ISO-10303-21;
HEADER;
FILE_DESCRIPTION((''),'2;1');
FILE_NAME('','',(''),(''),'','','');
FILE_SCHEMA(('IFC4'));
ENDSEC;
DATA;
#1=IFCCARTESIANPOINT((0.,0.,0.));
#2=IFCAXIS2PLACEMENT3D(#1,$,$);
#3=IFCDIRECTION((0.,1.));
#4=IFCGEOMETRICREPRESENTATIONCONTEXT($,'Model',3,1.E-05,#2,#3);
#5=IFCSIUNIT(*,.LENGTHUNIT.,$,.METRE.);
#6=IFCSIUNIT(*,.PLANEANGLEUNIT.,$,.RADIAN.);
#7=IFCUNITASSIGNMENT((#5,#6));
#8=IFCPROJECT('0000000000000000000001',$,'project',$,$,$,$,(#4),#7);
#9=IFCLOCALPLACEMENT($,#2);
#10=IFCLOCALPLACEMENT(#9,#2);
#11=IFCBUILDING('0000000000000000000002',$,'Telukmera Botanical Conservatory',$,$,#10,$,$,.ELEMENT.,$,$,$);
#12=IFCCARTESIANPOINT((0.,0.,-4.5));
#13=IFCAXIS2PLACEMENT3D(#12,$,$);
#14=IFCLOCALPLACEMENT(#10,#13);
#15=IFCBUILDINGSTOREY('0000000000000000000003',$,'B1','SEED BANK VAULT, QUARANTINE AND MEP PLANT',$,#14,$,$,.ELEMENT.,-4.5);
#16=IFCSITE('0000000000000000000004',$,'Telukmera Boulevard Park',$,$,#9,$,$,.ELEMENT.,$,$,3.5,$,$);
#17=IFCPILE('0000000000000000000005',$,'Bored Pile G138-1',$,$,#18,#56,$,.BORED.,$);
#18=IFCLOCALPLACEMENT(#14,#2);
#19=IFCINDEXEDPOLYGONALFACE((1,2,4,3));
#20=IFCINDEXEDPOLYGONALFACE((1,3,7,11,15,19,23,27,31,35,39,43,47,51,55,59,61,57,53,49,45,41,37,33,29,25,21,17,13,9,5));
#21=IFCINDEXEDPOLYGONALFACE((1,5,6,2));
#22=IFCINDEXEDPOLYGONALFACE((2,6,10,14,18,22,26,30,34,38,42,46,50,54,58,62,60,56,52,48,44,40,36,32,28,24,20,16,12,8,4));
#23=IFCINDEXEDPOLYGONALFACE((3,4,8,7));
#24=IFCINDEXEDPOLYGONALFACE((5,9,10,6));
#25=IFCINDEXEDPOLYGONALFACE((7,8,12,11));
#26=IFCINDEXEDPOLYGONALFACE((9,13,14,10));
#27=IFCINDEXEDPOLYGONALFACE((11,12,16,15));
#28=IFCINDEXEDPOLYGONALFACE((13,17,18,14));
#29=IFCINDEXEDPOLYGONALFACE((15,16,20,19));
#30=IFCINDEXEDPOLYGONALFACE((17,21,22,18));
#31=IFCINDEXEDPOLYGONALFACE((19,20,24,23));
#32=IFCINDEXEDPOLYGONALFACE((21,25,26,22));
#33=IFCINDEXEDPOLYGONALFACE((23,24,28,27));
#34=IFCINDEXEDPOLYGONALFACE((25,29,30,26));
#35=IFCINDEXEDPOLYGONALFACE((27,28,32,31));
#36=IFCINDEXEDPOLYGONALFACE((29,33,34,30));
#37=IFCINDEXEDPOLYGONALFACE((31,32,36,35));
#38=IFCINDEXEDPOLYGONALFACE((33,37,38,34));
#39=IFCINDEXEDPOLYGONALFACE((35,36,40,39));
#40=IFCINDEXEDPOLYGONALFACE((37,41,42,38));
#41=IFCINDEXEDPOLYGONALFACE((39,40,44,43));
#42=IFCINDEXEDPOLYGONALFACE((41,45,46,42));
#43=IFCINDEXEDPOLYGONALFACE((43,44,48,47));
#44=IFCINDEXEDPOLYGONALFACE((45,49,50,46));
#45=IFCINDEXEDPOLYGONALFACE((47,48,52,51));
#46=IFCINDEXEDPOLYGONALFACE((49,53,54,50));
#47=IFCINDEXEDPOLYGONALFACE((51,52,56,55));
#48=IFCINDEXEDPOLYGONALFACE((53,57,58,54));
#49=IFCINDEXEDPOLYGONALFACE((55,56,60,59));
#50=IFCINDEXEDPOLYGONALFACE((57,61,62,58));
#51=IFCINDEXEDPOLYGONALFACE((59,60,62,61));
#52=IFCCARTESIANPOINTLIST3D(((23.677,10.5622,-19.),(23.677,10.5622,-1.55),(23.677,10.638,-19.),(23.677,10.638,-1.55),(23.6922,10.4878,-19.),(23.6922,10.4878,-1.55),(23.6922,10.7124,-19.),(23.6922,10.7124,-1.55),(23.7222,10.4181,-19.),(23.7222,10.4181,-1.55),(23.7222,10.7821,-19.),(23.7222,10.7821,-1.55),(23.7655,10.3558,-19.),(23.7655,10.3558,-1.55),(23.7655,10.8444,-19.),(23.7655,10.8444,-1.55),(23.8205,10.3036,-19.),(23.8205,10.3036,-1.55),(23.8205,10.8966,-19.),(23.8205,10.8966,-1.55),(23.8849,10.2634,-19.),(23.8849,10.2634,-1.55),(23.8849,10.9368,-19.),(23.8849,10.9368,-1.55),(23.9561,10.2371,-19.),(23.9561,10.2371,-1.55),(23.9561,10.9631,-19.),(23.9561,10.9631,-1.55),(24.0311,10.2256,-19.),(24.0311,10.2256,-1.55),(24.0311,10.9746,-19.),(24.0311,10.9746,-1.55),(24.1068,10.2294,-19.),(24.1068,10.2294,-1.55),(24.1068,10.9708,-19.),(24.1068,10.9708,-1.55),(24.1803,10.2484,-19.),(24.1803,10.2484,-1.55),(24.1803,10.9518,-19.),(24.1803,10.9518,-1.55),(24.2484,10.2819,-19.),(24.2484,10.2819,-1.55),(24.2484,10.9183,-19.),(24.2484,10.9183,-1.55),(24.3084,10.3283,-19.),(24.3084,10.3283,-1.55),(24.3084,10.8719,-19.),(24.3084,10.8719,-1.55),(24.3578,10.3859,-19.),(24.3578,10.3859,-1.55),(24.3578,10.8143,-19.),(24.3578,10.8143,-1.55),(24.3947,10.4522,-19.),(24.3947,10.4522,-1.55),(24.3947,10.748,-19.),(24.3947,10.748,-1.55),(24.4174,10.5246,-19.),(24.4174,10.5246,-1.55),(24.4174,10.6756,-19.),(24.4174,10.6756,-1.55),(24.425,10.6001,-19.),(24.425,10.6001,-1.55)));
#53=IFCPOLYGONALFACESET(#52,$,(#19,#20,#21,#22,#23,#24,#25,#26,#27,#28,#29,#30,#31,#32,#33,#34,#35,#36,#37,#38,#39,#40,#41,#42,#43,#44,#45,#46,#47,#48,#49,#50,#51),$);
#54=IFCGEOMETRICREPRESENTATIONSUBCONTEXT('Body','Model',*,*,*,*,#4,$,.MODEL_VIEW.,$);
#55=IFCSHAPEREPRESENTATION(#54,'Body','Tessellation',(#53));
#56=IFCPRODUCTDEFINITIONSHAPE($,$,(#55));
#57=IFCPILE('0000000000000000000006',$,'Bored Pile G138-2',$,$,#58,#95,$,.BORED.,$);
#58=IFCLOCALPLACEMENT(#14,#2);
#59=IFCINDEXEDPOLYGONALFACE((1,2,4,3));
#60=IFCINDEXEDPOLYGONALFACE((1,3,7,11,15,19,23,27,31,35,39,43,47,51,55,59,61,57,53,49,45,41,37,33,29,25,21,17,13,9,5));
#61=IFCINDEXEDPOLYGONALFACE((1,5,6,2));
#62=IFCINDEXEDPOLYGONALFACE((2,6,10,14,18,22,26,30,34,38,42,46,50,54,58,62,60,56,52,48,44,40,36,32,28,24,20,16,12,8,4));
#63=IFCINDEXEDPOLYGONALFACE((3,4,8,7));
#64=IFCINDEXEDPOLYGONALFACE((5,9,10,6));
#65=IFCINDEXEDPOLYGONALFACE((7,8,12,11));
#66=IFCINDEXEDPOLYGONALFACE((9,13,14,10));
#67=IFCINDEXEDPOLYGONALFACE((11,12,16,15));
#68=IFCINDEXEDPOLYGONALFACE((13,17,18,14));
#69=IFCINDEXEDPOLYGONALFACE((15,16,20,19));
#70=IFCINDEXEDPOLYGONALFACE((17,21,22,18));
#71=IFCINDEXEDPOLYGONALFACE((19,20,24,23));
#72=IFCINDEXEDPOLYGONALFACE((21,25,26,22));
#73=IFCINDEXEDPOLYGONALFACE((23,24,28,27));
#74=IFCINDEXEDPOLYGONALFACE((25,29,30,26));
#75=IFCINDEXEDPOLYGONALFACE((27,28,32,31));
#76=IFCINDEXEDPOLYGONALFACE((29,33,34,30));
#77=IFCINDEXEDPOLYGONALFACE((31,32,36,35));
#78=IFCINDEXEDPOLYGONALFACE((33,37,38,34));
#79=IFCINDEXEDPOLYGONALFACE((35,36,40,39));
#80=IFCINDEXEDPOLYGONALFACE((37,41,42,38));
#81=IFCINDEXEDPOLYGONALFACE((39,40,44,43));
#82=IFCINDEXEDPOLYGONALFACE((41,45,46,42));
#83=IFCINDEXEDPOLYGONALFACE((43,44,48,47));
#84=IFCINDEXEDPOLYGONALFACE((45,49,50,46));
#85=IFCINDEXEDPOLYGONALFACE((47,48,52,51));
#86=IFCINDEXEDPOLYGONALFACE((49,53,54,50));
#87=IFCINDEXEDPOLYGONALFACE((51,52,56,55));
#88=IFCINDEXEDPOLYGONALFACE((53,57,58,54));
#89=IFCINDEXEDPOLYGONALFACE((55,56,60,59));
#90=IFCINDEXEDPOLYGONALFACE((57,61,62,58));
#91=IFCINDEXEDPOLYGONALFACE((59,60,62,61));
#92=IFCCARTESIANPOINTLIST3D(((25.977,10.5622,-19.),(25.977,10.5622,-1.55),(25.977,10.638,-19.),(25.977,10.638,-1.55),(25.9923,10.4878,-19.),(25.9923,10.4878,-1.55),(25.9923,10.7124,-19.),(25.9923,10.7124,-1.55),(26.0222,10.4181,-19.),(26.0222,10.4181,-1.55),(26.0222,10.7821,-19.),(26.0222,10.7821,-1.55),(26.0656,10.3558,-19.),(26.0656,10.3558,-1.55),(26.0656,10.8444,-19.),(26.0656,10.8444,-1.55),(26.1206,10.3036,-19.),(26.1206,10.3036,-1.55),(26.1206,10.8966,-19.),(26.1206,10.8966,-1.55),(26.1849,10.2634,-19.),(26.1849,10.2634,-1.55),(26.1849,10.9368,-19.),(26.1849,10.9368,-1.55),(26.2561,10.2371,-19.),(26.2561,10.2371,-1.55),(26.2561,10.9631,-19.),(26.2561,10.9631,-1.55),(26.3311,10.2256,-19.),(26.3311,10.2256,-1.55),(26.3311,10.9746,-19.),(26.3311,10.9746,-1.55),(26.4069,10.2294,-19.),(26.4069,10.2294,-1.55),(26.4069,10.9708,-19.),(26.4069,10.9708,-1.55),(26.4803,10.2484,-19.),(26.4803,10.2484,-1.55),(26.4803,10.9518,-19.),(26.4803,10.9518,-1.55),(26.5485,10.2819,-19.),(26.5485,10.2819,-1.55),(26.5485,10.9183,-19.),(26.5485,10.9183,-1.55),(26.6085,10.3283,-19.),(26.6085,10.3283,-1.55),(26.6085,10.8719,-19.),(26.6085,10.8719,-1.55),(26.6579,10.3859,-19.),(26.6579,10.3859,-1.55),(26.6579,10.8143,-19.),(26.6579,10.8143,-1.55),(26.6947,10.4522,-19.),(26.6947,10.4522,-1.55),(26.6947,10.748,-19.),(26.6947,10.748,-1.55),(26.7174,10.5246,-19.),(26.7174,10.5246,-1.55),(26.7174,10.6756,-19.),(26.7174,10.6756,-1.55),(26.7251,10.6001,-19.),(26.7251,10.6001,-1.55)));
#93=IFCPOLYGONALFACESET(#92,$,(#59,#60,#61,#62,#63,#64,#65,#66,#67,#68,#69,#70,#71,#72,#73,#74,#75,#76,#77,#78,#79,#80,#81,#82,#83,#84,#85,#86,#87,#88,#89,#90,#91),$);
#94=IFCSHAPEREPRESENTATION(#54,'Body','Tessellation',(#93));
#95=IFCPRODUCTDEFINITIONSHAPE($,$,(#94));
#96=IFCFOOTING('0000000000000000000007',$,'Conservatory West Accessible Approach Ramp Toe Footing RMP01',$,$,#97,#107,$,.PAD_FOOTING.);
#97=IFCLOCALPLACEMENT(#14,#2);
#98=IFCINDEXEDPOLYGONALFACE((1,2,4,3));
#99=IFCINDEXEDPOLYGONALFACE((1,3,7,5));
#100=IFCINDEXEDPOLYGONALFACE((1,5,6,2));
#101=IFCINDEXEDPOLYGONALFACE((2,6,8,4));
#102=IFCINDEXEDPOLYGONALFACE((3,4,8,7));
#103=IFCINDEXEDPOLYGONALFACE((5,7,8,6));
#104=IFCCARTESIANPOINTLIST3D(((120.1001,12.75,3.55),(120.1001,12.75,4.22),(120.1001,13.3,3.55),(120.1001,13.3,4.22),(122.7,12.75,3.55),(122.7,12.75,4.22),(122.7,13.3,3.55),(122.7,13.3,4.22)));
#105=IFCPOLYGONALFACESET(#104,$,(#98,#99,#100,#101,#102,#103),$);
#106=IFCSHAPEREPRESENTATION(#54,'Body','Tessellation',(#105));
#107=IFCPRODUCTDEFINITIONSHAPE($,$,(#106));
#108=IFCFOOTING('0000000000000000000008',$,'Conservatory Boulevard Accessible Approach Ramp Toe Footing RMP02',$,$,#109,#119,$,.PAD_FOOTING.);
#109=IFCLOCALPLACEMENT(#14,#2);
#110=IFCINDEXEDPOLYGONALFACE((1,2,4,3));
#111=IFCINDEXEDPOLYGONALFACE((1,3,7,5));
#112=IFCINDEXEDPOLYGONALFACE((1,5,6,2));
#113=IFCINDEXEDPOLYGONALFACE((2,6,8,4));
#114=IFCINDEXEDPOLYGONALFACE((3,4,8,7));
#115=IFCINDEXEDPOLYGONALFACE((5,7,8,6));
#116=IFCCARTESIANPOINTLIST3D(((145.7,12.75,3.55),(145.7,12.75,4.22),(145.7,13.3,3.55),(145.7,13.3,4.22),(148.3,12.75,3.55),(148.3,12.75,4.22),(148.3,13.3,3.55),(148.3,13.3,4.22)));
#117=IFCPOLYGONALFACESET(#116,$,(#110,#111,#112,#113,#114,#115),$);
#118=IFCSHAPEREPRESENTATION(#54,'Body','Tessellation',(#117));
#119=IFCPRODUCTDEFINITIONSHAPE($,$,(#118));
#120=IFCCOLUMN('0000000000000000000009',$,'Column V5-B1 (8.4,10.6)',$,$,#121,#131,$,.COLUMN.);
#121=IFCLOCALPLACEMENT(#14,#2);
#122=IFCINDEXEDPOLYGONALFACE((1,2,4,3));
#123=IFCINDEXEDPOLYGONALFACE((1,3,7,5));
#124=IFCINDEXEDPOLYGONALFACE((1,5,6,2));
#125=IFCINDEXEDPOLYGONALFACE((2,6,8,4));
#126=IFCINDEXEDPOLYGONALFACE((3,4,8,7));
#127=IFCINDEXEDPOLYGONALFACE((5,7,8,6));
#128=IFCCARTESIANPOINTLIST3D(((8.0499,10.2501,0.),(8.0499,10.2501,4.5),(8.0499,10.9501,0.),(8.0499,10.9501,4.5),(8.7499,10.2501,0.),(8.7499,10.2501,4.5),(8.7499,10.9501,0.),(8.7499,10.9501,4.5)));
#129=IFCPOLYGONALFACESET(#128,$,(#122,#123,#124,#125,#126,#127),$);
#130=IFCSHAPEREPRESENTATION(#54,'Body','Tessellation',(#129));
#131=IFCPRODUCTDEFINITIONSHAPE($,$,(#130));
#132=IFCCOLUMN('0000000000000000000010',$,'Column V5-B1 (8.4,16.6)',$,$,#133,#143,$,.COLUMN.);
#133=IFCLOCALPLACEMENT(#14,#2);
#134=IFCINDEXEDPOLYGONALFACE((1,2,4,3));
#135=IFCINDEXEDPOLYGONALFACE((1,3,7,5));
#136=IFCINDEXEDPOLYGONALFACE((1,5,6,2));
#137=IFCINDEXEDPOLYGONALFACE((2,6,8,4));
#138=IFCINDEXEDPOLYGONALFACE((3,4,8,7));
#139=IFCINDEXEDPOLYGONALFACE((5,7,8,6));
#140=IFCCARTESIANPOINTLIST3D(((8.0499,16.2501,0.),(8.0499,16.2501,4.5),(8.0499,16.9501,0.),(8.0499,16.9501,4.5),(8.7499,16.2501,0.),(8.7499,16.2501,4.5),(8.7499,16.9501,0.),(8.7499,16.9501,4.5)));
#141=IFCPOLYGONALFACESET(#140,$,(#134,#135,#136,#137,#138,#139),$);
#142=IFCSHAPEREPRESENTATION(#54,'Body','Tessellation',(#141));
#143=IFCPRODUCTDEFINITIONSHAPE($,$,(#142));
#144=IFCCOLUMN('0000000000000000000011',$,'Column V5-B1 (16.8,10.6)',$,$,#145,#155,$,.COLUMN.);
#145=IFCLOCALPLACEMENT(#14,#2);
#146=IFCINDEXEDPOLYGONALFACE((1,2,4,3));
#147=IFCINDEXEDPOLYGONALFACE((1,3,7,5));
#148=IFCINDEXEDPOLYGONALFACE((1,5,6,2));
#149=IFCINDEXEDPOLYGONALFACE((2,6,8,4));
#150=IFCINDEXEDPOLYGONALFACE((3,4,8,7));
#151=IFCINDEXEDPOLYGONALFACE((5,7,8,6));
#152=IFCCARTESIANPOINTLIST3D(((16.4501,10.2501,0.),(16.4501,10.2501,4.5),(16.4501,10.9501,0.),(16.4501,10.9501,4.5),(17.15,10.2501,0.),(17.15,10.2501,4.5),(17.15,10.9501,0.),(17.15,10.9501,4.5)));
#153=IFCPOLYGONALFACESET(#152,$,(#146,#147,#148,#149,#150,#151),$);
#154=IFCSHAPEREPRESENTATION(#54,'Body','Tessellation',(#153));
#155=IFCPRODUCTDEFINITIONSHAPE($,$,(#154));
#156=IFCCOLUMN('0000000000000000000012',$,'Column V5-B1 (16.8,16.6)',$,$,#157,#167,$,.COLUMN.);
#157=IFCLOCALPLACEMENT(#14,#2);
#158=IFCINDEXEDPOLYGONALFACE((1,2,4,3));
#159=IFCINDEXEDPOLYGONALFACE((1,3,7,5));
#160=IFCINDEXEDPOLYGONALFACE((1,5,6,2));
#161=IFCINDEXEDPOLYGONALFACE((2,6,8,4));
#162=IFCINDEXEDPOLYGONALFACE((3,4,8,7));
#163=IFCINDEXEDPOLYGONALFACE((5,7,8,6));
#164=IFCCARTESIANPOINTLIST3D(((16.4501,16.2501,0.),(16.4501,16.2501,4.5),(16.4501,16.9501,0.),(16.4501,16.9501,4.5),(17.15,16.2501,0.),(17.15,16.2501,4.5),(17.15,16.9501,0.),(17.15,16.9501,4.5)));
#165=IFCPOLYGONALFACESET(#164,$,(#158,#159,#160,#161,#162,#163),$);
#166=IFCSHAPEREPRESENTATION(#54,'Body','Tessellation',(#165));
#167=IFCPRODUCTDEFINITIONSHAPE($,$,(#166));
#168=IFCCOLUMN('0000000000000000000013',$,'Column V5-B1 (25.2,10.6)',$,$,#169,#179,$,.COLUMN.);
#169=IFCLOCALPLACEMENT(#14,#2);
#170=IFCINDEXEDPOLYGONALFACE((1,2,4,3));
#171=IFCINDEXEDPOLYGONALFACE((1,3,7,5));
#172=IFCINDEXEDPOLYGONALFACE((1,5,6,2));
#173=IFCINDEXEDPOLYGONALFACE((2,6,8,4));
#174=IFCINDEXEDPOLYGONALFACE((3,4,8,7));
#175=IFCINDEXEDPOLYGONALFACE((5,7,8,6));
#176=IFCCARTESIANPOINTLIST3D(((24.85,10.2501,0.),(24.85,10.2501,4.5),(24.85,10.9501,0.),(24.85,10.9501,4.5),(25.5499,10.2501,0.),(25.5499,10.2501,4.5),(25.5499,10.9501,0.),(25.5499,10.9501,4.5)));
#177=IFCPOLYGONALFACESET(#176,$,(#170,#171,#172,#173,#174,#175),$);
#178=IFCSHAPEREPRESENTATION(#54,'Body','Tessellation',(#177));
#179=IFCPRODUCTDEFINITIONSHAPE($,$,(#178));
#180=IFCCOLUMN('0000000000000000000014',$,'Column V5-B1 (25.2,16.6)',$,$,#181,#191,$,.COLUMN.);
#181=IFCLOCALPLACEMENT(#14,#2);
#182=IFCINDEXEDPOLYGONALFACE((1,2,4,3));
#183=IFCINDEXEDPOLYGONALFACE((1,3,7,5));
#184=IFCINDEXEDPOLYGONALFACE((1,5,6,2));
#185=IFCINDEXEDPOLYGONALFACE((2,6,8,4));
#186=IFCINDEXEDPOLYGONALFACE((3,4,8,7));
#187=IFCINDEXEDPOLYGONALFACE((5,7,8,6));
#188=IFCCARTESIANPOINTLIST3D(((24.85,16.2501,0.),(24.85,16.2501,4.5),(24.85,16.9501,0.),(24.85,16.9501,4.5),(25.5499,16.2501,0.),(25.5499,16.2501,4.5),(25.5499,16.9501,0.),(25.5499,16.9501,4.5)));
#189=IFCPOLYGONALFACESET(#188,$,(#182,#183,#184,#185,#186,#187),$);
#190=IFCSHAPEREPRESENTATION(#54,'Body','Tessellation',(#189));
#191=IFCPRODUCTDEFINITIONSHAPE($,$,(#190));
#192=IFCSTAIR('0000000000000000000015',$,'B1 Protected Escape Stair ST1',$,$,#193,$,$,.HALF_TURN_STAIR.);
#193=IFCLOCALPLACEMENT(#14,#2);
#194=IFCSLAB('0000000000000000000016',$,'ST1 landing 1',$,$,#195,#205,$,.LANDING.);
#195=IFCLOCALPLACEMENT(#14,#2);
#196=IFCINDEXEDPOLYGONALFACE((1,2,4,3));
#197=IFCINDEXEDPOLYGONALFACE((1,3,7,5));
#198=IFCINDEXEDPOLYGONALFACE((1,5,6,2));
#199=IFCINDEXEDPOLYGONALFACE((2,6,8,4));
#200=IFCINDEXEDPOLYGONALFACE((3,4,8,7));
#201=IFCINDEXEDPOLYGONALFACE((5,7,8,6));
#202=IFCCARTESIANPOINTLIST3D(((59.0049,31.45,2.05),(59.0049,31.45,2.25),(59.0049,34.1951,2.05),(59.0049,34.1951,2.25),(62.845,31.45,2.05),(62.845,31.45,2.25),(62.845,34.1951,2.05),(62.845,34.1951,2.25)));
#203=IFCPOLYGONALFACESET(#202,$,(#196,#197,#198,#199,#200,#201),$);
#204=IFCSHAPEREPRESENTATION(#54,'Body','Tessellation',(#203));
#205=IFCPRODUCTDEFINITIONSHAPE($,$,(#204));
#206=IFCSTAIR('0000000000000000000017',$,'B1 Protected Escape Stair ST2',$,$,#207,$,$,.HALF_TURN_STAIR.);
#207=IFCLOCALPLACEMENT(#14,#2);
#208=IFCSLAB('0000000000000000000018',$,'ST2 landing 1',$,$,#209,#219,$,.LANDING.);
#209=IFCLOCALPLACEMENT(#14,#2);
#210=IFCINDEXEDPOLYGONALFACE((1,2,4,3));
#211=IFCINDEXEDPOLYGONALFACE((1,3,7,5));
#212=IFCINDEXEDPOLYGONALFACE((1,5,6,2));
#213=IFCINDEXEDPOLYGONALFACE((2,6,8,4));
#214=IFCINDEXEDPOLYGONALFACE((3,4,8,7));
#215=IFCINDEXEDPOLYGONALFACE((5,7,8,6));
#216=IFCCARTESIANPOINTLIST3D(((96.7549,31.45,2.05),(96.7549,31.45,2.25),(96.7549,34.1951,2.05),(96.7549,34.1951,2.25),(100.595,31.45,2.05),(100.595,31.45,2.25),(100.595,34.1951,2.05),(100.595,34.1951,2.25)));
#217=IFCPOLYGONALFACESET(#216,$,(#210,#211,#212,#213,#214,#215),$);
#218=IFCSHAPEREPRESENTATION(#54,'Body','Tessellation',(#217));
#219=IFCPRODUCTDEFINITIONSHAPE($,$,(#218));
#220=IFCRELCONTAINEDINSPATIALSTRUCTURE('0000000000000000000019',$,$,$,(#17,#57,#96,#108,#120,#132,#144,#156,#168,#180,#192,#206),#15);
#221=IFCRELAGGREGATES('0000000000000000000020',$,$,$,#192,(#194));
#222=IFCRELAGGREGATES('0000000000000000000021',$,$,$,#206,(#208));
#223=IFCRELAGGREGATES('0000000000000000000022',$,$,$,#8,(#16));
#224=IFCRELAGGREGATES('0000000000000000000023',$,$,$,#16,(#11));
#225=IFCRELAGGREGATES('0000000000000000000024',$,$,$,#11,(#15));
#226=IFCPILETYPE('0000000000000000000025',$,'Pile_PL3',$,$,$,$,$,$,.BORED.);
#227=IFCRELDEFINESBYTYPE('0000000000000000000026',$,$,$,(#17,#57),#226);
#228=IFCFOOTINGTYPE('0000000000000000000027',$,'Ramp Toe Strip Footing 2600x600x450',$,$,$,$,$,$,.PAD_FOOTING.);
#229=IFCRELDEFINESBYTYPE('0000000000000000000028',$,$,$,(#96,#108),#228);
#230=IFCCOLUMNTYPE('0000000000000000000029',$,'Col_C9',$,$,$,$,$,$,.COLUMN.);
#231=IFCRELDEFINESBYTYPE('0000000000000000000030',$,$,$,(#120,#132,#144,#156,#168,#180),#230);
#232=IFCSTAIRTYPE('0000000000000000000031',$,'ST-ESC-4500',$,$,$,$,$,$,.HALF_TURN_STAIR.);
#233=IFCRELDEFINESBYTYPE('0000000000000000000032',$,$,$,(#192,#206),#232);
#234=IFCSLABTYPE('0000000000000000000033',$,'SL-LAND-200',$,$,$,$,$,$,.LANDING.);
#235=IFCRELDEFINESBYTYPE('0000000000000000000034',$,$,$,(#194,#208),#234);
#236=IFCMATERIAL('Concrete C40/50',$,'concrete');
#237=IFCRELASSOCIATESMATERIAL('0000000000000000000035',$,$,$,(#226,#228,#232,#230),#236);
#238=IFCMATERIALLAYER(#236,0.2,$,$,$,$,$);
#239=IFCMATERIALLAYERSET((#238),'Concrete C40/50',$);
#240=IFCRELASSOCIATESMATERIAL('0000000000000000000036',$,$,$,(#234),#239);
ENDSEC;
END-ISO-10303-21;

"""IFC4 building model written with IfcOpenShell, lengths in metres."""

from ifc_helpers import new_model, si_unit, direction, frame, origin, origin_2d, place, context, subcontext, project, spatial, polyline, rectangle, circle, outline, extrude, material, layer, layer_set, material_profile, profile_set, type_object, element, aggregate, save


model = new_model("IFC4")

# Units and contexts
model_context = context("Model", 3, precision=1e-05, world=origin(), true_north=direction((0.0, 1.0)))
body_context = subcontext(model_context, "Body", "Model", "MODEL_VIEW")
ifc_project = project(units=[si_unit("LENGTHUNIT", "METRE"), si_unit("PLANEANGLEUNIT", "RADIAN")], contexts=[model_context])

# Site, building, storey
site_placement = place(None, origin())
site = spatial("IfcSite", under=ifc_project, at=site_placement, Name="Telukmera Boulevard Park", CompositionType="ELEMENT", RefElevation=3.5)
building_placement = place(site_placement, origin())
building = spatial("IfcBuilding", under=site, at=building_placement, Name="Telukmera Botanical Conservatory", CompositionType="ELEMENT")
storey_placement = place(building_placement, frame((0.0, 0.0, -4.5)))
storey = spatial("IfcBuildingStorey", under=building, at=storey_placement, Name="B1", Description="SEED BANK VAULT, QUARANTINE AND MEP PLANT", CompositionType="ELEMENT", Elevation=-4.5)

# Shared definitions
ifc_material_1 = material(Name="Concrete C40/50", Category="concrete")

# Piles
ifc_material_profile_1 = material_profile(ifc_material_1, circle(Radius=0.375, at=origin_2d()), Name="PILE D750")
ifc_profile_set_1 = profile_set([ifc_material_profile_1], Name="Concrete C40/50")
pile_type = type_object("IfcPileType", Name="Pile_PL3", PredefinedType="BORED", material=ifc_profile_set_1)
for number, where, z_axis, x_axis, name in (
    (1, (24.05, 10.6001, -1.55), (0.0, 0.0, -1.0), (1.0, 0.0, 0.0), "Bored Pile G138-1"),
    (2, (26.3501, 10.6001, -1.55), (0.0, 0.0, -1.0), (1.0, 0.0, 0.0), "Bored Pile G138-2"),
):
    element("IfcPile", number, at=place(storey_placement, frame(where, z_axis=z_axis, x_axis=x_axis)), inside=storey, type_object=pile_type, Name=name, PredefinedType="BORED", context=body_context, shape_type="SweptSolid", body=[
        extrude(circle(Radius=0.375, at=origin_2d()), origin(), (0.0, 0.0, 1.0), 17.45),
    ])

# Footings
footing_type_1 = type_object("IfcFootingType", Name="Ramp Toe Strip Footing 2600x600x450", PredefinedType="PAD_FOOTING", material=ifc_material_1)
footing_1_placement = place(storey_placement, frame((0.0, 0.0, 3.55)))
element("IfcFooting", 3, at=footing_1_placement, inside=storey, type_object=footing_type_1, Name="Conservatory West Accessible Approach Ramp Toe Footing RMP01", PredefinedType="PAD_FOOTING", context=body_context, shape_type="SweptSolid", body=[
    extrude(outline(polyline([(120.1001, 12.75), (122.7, 12.75), (122.7, 13.3), (120.1001, 13.3), (120.1001, 12.75)])), origin(), (0.0, 0.0, 1.0), 0.6699),
])
footing_2_placement = place(storey_placement, frame((0.0, 0.0, 3.55)))
element("IfcFooting", 4, at=footing_2_placement, inside=storey, type_object=footing_type_1, Name="Conservatory Boulevard Accessible Approach Ramp Toe Footing RMP02", PredefinedType="PAD_FOOTING", context=body_context, shape_type="SweptSolid", body=[
    extrude(outline(polyline([(145.7, 12.75), (148.3, 12.75), (148.3, 13.3), (145.7, 13.3), (145.7, 12.75)])), origin(), (0.0, 0.0, 1.0), 0.6699),
])

# Columns
ifc_material_profile_2 = material_profile(ifc_material_1, rectangle(XDim=0.7, YDim=0.7, at=origin_2d()), Name="RC 700x700")
ifc_profile_set_2 = profile_set([ifc_material_profile_2], Name="Concrete C40/50")
column_type = type_object("IfcColumnType", Name="Col_C9", PredefinedType="COLUMN", material=ifc_profile_set_2)
for number, where, z_axis, x_axis, name in (
    (5, (8.3999, 10.6001, 0.0), (0.0, 0.0, 1.0), (1.0, 0.0, 0.0), "Column V5-B1 (8.4,10.6)"),
    (6, (8.3999, 16.6001, 0.0), (0.0, 0.0, 1.0), (1.0, 0.0, 0.0), "Column V5-B1 (8.4,16.6)"),
    (7, (16.8, 10.6001, 0.0), (0.0, 0.0, 1.0), (1.0, 0.0, 0.0), "Column V5-B1 (16.8,10.6)"),
    (8, (16.8, 16.6001, 0.0), (0.0, 0.0, 1.0), (1.0, 0.0, 0.0), "Column V5-B1 (16.8,16.6)"),
    (9, (25.2, 10.6001, 0.0), (0.0, 0.0, 1.0), (1.0, 0.0, 0.0), "Column V5-B1 (25.2,10.6)"),
    (10, (25.2, 16.6001, 0.0), (0.0, 0.0, 1.0), (1.0, 0.0, 0.0), "Column V5-B1 (25.2,16.6)"),
):
    element("IfcColumn", number, at=place(storey_placement, frame(where, z_axis=z_axis, x_axis=x_axis)), inside=storey, type_object=column_type, Name=name, PredefinedType="COLUMN", context=body_context, shape_type="SweptSolid", body=[
        extrude(rectangle(XDim=0.7, YDim=0.7, at=origin_2d()), origin(), (0.0, 0.0, 1.0), 4.5),
    ])

# Stairs, slabs
stair_type = type_object("IfcStairType", Name="ST-ESC-4500", PredefinedType="HALF_TURN_STAIR", material=ifc_material_1)
stair_1_placement = place(storey_placement, origin())
stair_1 = element("IfcStair", 11, at=stair_1_placement, inside=storey, type_object=stair_type, Name="B1 Protected Escape Stair ST1", PredefinedType="HALF_TURN_STAIR")
ifc_layer_1 = layer(ifc_material_1, 0.2)
ifc_layer_set_1 = layer_set([ifc_layer_1], Name="Concrete C40/50")
slab_type_1 = type_object("IfcSlabType", Name="SL-LAND-200", PredefinedType="LANDING", material=ifc_layer_set_1)
slab_1_placement = place(storey_placement, frame((0.0, 0.0, 2.05)))
slab_1 = element("IfcSlab", 12, at=slab_1_placement, type_object=slab_type_1, Name="ST1 landing 1", PredefinedType="LANDING", context=body_context, shape_type="SweptSolid", body=[
    extrude(outline(polyline([(59.0049, 31.45), (62.845, 31.45), (62.845, 34.1951), (59.0049, 34.1951), (59.0049, 31.45)])), origin(), (0.0, 0.0, 1.0), 0.2),
])
aggregate(stair_1, [slab_1])
stair_2_placement = place(storey_placement, origin())
stair_2 = element("IfcStair", 13, at=stair_2_placement, inside=storey, type_object=stair_type, Name="B1 Protected Escape Stair ST2", PredefinedType="HALF_TURN_STAIR")
slab_2_placement = place(storey_placement, frame((0.0, 0.0, 2.05)))
slab_2 = element("IfcSlab", 14, at=slab_2_placement, type_object=slab_type_1, Name="ST2 landing 1", PredefinedType="LANDING", context=body_context, shape_type="SweptSolid", body=[
    extrude(outline(polyline([(96.7549, 31.45), (100.595, 31.45), (100.595, 34.1951), (96.7549, 34.1951), (96.7549, 31.45)])), origin(), (0.0, 0.0, 1.0), 0.2),
])
aggregate(stair_2, [slab_2])

save(model, "model.ifc")
